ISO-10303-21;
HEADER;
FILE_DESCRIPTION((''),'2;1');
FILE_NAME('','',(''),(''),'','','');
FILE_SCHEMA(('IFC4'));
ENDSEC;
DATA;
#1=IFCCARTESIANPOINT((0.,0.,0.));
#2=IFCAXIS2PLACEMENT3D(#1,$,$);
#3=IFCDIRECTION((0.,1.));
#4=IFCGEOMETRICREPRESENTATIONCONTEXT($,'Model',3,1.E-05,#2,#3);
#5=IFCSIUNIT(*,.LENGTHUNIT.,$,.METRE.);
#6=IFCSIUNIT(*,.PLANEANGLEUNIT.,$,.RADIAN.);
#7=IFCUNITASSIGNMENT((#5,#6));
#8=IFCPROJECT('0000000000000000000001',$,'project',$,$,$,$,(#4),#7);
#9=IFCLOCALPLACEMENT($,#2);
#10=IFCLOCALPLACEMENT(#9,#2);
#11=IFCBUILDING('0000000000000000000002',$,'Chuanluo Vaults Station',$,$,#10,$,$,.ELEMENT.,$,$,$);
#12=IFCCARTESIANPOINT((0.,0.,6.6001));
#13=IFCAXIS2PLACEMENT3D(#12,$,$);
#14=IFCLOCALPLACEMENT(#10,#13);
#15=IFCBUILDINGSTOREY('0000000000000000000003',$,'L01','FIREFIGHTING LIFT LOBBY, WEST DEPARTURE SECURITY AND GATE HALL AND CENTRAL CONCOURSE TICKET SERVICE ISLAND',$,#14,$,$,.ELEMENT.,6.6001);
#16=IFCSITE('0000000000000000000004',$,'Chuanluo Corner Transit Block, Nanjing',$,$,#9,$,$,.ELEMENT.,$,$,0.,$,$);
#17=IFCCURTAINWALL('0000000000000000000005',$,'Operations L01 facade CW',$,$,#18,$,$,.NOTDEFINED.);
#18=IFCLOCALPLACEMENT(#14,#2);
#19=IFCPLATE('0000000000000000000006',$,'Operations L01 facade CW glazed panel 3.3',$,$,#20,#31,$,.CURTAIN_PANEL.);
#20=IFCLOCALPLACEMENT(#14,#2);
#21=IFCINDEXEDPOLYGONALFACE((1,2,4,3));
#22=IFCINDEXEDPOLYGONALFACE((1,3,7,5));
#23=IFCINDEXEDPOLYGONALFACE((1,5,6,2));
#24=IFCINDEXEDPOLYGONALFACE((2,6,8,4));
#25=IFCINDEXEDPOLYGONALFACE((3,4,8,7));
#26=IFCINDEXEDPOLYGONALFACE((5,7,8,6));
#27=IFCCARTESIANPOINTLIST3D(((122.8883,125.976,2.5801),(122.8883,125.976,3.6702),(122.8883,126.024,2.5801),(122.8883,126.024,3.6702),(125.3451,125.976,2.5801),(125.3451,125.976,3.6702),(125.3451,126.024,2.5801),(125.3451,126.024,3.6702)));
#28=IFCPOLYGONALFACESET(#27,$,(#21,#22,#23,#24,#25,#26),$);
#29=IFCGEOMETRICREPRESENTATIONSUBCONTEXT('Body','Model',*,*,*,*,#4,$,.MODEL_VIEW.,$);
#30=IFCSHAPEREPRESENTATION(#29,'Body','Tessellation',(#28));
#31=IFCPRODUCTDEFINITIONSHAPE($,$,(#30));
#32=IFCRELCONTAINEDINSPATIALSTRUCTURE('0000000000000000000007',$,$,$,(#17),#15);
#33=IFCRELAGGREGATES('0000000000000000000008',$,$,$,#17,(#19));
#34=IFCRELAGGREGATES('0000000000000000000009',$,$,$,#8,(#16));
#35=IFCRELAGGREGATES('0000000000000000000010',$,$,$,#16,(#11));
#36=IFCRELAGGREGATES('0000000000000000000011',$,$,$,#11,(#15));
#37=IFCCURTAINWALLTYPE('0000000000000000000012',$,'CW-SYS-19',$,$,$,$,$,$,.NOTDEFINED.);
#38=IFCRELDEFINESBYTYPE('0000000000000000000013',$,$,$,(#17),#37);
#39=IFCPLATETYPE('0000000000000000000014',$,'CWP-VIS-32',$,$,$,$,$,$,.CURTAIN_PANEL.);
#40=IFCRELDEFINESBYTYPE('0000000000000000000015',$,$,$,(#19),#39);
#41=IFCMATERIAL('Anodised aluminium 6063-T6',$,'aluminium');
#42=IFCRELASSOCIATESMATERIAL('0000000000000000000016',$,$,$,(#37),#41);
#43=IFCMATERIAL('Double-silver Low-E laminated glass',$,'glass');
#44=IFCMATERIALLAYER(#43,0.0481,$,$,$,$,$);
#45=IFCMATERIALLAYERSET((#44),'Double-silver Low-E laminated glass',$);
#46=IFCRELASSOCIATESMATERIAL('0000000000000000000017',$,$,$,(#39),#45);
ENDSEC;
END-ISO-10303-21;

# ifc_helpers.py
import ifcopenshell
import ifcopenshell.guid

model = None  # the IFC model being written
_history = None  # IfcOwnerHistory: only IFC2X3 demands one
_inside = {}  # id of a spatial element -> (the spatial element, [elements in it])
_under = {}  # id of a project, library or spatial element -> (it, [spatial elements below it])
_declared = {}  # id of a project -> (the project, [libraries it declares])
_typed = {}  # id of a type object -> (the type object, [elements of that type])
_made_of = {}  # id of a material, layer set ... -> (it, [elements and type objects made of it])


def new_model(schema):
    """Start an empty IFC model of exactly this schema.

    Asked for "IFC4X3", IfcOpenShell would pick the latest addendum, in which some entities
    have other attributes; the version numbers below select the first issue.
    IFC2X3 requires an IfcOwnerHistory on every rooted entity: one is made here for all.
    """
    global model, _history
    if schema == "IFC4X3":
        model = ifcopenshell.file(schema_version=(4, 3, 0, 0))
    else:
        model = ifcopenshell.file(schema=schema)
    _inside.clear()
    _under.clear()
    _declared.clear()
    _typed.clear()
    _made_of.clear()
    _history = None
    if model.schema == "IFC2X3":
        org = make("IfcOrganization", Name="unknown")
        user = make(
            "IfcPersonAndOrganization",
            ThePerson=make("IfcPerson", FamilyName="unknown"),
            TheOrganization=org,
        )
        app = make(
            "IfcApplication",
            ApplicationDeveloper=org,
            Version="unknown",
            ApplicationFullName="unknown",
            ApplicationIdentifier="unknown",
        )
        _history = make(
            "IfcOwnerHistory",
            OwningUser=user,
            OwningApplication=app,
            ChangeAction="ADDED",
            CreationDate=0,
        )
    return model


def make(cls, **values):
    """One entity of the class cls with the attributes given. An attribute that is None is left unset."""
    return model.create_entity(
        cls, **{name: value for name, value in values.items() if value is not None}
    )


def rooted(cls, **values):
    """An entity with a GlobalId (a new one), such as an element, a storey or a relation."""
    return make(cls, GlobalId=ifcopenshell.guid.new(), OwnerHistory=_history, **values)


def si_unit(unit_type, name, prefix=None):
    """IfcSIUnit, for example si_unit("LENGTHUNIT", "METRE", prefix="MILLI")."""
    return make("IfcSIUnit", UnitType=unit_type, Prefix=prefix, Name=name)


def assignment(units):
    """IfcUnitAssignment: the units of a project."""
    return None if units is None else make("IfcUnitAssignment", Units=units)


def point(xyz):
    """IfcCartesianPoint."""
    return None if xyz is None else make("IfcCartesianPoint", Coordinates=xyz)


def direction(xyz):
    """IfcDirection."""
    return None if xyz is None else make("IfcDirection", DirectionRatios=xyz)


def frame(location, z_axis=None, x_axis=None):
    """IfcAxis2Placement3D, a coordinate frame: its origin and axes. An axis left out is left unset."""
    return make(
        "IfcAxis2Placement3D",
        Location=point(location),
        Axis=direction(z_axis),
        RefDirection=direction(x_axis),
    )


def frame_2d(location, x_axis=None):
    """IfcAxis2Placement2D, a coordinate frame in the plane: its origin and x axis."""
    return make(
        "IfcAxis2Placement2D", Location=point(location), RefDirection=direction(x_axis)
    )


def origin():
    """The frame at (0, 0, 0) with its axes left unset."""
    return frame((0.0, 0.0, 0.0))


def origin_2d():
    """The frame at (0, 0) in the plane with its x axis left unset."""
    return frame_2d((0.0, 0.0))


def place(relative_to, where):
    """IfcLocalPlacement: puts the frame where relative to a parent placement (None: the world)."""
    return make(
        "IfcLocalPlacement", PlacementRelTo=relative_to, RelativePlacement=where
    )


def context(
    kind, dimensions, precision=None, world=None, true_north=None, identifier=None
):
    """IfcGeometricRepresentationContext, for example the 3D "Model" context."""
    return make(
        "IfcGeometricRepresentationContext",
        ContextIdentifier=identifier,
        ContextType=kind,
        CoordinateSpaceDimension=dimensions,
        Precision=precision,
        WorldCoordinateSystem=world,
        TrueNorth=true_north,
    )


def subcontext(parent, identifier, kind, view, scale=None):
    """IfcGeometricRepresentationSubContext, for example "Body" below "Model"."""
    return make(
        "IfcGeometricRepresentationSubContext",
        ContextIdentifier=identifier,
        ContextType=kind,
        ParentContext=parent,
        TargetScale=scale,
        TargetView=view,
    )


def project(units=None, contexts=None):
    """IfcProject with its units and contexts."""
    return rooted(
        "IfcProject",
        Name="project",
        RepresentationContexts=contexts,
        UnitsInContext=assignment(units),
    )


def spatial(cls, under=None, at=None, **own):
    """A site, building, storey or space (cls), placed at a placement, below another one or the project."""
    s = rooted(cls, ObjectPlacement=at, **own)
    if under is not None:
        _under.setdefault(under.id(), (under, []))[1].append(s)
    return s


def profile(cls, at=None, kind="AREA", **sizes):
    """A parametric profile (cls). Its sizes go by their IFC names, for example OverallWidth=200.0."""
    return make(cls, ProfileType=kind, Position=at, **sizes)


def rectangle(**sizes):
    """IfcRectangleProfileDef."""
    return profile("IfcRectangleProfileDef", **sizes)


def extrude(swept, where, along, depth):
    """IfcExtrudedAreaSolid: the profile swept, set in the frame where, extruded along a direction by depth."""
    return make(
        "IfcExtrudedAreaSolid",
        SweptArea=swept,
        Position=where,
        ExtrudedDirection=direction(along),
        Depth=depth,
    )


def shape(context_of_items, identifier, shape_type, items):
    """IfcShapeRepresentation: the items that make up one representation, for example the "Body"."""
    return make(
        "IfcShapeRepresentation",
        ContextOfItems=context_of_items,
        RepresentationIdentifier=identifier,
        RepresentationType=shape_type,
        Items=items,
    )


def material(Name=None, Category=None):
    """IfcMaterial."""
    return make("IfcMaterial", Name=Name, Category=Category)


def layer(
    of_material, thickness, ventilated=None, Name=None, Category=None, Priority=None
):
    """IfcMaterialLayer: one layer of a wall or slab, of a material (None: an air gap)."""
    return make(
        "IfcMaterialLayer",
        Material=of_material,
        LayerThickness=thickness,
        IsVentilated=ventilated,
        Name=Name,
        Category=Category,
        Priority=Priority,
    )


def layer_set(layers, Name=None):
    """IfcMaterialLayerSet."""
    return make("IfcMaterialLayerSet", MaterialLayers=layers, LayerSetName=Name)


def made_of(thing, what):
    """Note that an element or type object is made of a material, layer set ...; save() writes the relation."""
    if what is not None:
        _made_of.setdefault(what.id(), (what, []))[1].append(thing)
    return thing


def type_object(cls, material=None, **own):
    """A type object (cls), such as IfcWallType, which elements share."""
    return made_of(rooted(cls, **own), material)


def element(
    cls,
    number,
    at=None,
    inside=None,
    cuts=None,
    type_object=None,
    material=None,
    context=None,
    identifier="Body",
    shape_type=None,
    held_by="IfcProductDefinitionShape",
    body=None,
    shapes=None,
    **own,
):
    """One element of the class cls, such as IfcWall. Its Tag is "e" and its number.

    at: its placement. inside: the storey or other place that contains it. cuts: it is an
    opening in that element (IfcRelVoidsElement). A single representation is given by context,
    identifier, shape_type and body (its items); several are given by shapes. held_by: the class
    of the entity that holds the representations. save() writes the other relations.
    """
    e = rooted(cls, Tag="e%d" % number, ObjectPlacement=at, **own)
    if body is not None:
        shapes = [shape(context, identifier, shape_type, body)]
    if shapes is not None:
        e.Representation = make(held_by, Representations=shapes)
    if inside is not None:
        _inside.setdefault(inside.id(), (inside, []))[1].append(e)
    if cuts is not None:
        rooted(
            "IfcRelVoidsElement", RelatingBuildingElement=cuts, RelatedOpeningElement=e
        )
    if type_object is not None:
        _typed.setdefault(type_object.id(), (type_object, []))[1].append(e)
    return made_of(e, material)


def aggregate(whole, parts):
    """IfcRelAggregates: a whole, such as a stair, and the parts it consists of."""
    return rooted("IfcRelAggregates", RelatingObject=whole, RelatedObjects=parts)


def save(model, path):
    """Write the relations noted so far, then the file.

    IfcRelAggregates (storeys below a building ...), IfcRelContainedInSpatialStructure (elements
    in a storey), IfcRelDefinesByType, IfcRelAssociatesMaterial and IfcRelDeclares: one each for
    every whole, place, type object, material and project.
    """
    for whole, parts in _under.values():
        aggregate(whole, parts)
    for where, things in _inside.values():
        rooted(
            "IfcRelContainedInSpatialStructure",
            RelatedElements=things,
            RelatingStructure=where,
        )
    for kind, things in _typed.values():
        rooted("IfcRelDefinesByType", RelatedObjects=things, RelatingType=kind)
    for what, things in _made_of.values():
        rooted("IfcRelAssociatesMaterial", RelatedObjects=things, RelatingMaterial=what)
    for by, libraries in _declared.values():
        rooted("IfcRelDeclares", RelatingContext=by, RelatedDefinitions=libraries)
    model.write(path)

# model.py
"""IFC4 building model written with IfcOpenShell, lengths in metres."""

from ifc_helpers import new_model, si_unit, direction, frame, origin, origin_2d, place, context, subcontext, project, spatial, rectangle, extrude, material, layer, layer_set, type_object, element, aggregate, save


model = new_model("IFC4")

# Units and contexts
model_context = context("Model", 3, precision=1e-05, world=origin(), true_north=direction((0.0, 1.0)))
body_context = subcontext(model_context, "Body", "Model", "MODEL_VIEW")
ifc_project = project(units=[si_unit("LENGTHUNIT", "METRE"), si_unit("PLANEANGLEUNIT", "RADIAN")], contexts=[model_context])

# Site, building, storey
site_placement = place(None, origin())
site = spatial("IfcSite", under=ifc_project, at=site_placement, Name="Chuanluo Corner Transit Block, Nanjing", CompositionType="ELEMENT", RefElevation=0.0)
building_placement = place(site_placement, origin())
building = spatial("IfcBuilding", under=site, at=building_placement, Name="Chuanluo Vaults Station", CompositionType="ELEMENT")
storey_placement = place(building_placement, frame((0.0, 0.0, 6.6001)))
storey = spatial("IfcBuildingStorey", under=building, at=storey_placement, Name="L01", Description="FIREFIGHTING LIFT LOBBY, WEST DEPARTURE SECURITY AND GATE HALL AND CENTRAL CONCOURSE TICKET SERVICE ISLAND", CompositionType="ELEMENT", Elevation=6.6001)

# Curtain wall, plate
ifc_material_1 = material(Name="Anodised aluminium 6063-T6", Category="aluminium")
curtain_wall_type = type_object("IfcCurtainWallType", Name="CW-SYS-19", PredefinedType="NOTDEFINED", material=ifc_material_1)
curtain_wall_placement = place(storey_placement, origin())
curtain_wall = element("IfcCurtainWall", 1, at=curtain_wall_placement, inside=storey, type_object=curtain_wall_type, Name="Operations L01 facade CW", PredefinedType="NOTDEFINED")
ifc_material_2 = material(Name="Double-silver Low-E laminated glass", Category="glass")
ifc_layer_1 = layer(ifc_material_2, 0.0481)
ifc_layer_set_1 = layer_set([ifc_layer_1], Name="Double-silver Low-E laminated glass")
plate_type_1 = type_object("IfcPlateType", Name="CWP-VIS-32", PredefinedType="CURTAIN_PANEL", material=ifc_layer_set_1)
plate_1_placement = place(storey_placement, frame((124.1167, 126.0, 2.5801), z_axis=(0.0, 0.0, 1.0), x_axis=(1.0, 0.0, 0.0)))
plate_1 = element("IfcPlate", 2, at=plate_1_placement, type_object=plate_type_1, Name="Operations L01 facade CW glazed panel 3.3", PredefinedType="CURTAIN_PANEL", context=body_context, shape_type="SweptSolid", body=[
    extrude(rectangle(XDim=2.4568, YDim=0.0481, at=origin_2d()), origin(), (0.0, 0.0, 1.0), 1.0901),
])
aggregate(curtain_wall, [plate_1])

save(model, "model.ifc")
